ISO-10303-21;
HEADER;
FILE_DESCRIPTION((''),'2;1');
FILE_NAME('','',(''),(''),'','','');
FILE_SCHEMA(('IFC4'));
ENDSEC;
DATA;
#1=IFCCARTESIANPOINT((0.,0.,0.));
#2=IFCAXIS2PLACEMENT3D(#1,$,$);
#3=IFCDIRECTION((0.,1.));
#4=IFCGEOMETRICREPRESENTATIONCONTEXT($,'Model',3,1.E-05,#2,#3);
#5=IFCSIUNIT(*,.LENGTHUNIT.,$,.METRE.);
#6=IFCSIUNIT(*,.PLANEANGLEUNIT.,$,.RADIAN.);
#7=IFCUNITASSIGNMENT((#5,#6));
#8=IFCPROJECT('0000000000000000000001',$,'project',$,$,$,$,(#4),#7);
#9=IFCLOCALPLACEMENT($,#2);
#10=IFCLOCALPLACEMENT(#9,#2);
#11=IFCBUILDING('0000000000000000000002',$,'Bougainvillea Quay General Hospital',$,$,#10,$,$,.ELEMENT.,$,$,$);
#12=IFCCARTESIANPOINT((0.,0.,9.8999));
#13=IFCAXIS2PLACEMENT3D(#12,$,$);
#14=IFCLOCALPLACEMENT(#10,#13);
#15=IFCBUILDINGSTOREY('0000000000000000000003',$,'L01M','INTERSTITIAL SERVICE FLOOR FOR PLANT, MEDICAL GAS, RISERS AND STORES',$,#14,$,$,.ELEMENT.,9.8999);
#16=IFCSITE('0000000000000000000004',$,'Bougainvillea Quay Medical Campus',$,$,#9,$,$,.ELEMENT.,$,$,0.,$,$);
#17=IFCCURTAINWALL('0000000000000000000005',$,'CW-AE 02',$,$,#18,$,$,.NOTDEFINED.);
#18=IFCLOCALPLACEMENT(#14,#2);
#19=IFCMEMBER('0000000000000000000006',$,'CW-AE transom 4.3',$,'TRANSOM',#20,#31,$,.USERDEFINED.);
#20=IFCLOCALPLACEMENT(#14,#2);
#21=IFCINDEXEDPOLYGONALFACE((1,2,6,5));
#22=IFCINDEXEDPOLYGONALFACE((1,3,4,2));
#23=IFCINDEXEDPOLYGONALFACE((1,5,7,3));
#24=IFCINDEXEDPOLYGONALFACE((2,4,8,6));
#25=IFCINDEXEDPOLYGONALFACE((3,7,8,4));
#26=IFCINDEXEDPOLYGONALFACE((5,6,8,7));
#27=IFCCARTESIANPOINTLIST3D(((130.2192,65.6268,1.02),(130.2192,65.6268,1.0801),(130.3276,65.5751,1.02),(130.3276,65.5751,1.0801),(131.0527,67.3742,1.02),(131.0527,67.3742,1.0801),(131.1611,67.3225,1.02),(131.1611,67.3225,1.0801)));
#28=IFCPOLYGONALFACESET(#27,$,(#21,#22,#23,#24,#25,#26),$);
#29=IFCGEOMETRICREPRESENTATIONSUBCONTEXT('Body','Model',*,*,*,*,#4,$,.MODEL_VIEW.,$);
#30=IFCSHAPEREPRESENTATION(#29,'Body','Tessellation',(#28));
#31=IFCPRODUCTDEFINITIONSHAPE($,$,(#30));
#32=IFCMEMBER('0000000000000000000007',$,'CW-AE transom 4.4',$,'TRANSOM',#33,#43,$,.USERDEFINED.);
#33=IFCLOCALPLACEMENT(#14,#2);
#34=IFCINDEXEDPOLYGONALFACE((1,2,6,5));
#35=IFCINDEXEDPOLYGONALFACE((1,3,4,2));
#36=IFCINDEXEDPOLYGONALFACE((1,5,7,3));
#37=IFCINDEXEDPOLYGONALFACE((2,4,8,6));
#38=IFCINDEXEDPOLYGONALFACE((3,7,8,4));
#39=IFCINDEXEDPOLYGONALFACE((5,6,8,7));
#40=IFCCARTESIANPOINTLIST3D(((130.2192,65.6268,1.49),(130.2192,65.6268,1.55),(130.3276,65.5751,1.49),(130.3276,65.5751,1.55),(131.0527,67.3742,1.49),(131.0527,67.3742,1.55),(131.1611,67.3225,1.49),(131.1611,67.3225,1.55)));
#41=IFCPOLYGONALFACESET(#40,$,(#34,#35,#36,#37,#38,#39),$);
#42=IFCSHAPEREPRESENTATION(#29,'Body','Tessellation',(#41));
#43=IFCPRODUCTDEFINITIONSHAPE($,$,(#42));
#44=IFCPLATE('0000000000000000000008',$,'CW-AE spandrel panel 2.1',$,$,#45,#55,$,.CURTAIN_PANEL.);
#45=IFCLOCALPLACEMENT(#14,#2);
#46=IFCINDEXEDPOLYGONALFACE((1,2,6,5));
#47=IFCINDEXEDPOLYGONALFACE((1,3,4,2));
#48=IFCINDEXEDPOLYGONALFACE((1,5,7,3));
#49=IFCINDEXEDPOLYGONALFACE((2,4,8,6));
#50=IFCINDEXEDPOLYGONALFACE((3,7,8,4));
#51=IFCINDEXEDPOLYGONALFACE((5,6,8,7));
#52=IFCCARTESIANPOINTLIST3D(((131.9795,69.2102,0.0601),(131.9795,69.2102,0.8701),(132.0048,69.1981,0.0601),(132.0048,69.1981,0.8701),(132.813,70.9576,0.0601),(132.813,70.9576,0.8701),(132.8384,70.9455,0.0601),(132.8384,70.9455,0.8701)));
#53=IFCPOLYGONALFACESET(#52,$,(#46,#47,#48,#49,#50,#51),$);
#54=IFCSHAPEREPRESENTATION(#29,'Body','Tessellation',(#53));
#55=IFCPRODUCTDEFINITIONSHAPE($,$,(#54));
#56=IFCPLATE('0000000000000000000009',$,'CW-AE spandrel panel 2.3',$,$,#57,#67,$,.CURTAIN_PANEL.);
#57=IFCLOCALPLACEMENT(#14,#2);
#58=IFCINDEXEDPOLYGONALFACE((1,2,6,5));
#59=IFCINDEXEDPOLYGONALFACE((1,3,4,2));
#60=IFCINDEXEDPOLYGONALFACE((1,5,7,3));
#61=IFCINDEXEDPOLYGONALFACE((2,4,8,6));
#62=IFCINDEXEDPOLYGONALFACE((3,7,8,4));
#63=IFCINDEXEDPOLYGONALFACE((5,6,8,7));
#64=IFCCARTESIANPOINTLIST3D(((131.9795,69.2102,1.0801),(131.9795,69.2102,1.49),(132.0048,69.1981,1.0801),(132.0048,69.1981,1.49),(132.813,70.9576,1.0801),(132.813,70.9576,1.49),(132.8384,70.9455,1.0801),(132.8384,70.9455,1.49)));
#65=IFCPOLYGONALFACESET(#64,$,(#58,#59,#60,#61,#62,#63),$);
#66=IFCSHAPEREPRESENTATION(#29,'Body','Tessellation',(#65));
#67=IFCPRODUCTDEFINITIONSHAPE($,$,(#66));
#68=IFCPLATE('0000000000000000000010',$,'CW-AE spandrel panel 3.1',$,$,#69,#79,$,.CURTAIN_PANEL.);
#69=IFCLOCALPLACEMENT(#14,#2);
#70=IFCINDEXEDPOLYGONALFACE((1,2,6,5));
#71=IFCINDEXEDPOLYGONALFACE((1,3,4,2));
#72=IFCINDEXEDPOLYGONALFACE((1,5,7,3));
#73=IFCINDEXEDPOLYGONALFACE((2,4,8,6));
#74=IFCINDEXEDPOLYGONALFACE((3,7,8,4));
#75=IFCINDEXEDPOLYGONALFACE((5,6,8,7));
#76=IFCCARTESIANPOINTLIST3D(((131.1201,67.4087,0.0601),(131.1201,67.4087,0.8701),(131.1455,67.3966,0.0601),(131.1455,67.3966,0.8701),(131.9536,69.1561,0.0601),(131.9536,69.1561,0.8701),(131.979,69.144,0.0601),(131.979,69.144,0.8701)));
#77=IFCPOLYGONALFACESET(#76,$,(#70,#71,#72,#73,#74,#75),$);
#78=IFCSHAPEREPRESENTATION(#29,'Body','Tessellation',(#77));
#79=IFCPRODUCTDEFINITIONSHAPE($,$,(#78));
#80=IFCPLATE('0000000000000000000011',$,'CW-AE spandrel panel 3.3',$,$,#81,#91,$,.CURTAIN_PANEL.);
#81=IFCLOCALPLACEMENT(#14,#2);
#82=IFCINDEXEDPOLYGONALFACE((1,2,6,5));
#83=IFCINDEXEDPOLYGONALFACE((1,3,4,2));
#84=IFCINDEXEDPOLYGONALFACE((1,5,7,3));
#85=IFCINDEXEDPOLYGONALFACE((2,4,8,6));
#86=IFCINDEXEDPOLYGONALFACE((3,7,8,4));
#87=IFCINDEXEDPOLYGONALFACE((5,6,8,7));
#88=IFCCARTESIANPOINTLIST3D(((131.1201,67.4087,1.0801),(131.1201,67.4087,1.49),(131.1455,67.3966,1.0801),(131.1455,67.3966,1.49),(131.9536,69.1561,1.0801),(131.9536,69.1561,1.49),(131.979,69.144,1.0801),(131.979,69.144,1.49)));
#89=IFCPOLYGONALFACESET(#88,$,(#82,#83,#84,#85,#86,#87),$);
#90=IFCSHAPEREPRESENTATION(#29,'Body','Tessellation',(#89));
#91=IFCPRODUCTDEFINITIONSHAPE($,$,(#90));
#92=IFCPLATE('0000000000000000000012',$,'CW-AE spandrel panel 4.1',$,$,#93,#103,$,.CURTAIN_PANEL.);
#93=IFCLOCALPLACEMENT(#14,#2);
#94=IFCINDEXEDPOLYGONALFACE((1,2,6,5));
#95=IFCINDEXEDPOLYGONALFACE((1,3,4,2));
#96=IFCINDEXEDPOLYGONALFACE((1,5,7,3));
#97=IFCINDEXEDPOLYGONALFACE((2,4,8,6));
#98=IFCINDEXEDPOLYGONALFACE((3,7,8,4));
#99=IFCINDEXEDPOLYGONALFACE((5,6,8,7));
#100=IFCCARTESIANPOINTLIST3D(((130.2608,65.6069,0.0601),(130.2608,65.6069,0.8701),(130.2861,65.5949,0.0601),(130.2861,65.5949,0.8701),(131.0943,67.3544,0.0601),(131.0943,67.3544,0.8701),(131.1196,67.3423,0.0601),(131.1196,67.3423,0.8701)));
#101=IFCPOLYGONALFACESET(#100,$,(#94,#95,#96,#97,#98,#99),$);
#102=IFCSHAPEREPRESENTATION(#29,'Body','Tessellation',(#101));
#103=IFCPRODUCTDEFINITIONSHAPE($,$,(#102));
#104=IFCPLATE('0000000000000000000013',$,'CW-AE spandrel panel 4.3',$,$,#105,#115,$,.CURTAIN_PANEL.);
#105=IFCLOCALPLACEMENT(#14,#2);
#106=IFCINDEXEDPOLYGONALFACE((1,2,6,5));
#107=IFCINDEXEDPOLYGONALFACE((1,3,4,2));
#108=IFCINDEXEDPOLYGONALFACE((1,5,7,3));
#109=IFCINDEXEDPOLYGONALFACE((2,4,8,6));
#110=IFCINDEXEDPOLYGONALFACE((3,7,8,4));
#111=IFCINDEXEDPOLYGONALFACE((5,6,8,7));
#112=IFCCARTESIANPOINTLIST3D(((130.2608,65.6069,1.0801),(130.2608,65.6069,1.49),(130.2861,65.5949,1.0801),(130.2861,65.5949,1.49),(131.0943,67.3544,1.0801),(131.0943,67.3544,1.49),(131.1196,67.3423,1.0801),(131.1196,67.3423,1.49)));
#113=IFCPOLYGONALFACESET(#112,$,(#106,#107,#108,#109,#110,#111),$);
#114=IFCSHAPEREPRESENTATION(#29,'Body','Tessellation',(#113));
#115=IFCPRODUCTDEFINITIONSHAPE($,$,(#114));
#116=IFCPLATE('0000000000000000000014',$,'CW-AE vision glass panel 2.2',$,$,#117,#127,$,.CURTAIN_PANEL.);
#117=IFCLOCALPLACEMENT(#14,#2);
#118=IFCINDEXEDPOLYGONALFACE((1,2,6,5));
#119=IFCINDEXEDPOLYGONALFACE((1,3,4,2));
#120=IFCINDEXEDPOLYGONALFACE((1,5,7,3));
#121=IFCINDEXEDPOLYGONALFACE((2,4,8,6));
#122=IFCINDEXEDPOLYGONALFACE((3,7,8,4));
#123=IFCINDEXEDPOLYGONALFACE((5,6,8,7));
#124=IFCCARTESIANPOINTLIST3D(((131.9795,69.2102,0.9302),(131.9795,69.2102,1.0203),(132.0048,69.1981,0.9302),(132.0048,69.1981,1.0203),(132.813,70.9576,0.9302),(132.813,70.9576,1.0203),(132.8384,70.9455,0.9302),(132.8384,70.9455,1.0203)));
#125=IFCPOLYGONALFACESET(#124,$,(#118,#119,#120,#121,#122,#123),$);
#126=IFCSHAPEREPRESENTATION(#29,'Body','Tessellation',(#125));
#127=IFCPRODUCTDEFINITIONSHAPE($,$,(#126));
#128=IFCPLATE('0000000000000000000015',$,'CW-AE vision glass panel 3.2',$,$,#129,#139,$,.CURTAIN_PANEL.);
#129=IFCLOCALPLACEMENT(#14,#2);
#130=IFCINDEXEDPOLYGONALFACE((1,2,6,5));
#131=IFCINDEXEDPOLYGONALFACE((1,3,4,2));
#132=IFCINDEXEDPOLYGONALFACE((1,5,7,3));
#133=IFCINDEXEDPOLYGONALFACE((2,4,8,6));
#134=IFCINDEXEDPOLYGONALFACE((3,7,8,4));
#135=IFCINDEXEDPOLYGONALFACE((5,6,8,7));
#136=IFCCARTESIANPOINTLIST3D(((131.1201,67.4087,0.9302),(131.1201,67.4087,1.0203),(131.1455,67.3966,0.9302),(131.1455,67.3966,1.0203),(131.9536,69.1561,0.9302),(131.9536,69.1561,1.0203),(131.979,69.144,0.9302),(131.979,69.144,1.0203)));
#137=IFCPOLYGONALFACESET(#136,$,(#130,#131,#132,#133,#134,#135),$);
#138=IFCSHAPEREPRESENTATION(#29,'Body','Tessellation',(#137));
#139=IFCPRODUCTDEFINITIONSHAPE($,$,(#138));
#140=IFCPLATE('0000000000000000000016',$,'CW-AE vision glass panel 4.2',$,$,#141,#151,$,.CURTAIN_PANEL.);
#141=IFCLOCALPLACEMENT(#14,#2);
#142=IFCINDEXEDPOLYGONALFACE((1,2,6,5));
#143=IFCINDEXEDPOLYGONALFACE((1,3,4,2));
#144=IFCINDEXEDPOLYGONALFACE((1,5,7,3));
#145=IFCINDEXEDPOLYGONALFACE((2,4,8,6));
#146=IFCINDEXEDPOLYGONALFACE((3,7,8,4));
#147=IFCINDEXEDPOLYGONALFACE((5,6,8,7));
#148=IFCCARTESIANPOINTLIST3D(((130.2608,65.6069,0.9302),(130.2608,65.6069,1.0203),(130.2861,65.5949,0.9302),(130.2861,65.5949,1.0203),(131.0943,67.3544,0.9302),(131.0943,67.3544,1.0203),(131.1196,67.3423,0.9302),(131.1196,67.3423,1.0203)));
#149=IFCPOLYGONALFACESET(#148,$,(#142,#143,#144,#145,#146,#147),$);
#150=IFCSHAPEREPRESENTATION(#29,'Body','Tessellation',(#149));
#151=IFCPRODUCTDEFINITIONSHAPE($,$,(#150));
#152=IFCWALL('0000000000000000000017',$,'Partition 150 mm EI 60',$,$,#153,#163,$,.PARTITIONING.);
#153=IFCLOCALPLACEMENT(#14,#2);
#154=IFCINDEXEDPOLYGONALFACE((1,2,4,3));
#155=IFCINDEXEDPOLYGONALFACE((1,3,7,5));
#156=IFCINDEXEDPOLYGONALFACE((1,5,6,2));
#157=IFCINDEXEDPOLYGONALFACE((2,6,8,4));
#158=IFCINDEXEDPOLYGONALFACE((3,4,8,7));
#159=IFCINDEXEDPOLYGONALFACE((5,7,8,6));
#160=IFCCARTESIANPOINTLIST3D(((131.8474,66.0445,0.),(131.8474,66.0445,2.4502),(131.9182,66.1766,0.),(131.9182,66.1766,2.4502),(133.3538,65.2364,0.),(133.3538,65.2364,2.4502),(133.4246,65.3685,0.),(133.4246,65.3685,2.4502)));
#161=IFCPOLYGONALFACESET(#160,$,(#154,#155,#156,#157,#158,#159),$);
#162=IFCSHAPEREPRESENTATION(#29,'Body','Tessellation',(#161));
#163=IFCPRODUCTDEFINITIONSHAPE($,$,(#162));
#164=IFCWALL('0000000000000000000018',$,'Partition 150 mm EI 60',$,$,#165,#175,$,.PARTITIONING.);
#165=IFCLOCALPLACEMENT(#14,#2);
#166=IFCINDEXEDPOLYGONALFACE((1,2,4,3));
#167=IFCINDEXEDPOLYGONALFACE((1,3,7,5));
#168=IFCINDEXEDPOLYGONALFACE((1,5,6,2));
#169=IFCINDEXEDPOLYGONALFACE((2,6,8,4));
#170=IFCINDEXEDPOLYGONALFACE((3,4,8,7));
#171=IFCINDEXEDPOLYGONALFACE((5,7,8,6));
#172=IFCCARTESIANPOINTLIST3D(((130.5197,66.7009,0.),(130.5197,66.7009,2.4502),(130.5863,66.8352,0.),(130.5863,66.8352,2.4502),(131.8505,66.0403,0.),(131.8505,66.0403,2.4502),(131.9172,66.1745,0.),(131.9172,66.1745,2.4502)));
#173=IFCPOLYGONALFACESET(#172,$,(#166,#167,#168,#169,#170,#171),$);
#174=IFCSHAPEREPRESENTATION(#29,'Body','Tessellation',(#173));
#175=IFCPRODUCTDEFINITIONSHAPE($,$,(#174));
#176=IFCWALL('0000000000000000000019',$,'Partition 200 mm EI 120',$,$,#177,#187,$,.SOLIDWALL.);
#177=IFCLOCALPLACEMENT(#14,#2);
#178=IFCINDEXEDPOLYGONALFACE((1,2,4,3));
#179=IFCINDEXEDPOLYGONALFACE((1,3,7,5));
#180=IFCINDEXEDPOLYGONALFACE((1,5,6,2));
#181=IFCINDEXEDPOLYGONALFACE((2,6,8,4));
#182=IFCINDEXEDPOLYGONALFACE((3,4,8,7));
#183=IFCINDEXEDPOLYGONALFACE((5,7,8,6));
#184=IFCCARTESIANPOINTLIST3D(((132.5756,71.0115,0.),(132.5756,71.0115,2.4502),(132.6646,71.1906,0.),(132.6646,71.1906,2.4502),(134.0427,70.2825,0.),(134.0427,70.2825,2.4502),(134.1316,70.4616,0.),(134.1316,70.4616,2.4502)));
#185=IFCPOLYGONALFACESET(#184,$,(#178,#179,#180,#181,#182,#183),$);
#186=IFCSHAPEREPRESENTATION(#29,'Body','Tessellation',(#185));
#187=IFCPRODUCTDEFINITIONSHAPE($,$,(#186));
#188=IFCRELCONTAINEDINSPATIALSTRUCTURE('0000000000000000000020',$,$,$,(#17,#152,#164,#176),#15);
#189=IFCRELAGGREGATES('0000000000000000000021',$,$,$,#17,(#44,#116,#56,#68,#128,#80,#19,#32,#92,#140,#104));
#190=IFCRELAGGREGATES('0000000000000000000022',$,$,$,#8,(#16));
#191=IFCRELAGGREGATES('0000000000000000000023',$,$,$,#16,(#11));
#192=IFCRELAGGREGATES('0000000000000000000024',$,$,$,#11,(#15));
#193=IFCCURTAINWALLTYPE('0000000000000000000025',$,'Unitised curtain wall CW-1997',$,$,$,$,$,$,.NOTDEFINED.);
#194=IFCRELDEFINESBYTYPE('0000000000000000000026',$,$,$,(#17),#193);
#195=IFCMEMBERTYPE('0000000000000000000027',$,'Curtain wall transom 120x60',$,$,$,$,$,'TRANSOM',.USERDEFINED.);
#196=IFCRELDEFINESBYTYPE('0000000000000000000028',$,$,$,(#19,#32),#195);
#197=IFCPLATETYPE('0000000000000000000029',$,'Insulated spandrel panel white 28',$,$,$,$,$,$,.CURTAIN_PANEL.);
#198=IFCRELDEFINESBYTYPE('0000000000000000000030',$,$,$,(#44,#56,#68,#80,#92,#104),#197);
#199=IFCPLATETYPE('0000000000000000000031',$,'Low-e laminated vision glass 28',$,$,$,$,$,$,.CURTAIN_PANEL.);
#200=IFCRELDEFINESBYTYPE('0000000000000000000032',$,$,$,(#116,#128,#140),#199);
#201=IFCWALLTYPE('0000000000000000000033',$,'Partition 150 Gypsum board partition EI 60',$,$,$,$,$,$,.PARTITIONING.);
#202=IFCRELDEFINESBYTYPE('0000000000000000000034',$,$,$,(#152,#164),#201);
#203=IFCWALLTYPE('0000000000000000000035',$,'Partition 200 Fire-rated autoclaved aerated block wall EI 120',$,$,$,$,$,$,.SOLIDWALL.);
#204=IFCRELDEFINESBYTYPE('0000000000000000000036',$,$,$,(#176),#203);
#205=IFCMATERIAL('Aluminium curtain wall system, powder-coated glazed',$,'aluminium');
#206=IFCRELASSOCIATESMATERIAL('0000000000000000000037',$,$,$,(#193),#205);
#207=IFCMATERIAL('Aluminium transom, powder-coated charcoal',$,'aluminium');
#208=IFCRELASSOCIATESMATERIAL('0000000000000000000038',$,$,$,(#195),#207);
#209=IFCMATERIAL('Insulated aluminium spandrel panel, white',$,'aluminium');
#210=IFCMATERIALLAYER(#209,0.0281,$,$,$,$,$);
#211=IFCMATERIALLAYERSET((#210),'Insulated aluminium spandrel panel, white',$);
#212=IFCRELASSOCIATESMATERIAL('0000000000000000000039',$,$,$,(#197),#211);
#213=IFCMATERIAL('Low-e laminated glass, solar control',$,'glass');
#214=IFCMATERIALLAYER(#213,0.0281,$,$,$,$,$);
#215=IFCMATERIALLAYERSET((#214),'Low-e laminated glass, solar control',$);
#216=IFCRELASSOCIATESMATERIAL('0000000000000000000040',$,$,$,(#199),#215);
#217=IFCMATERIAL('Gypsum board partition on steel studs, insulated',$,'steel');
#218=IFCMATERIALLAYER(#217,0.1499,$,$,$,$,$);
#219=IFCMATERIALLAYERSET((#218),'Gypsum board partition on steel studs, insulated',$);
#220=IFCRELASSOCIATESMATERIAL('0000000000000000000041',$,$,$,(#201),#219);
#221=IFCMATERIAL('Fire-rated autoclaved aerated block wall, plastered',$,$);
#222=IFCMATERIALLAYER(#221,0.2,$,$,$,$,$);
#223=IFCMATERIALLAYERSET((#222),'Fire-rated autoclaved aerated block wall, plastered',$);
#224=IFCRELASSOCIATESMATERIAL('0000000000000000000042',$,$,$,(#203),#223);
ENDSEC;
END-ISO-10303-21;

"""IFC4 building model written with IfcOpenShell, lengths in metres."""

from ifc_helpers import new_model, si_unit, direction, frame, frame_2d, origin, origin_2d, place, context, subcontext, project, spatial, rectangle, extrude, material, layer, layer_set, material_profile, profile_set, type_object, element, aggregate, save


model = new_model("IFC4")

# Units and contexts
model_context = context("Model", 3, precision=1e-05, world=origin(), true_north=direction((0.0, 1.0)))
body_context = subcontext(model_context, "Body", "Model", "MODEL_VIEW")
ifc_project = project(units=[si_unit("LENGTHUNIT", "METRE"), si_unit("PLANEANGLEUNIT", "RADIAN")], contexts=[model_context])

# Site, building, storey
site_placement = place(None, origin())
site = spatial("IfcSite", under=ifc_project, at=site_placement, Name="Bougainvillea Quay Medical Campus", CompositionType="ELEMENT", RefElevation=0.0)
building_placement = place(site_placement, origin())
building = spatial("IfcBuilding", under=site, at=building_placement, Name="Bougainvillea Quay General Hospital", CompositionType="ELEMENT")
storey_placement = place(building_placement, frame((0.0, 0.0, 9.8999)))
storey = spatial("IfcBuildingStorey", under=building, at=storey_placement, Name="L01M", Description="INTERSTITIAL SERVICE FLOOR FOR PLANT, MEDICAL GAS, RISERS AND STORES", CompositionType="ELEMENT", Elevation=9.8999)

# Curtain wall, members, plates
ifc_material_1 = material(Name="Aluminium curtain wall system, powder-coated glazed", Category="aluminium")
curtain_wall_type = type_object("IfcCurtainWallType", Name="Unitised curtain wall CW-1997", PredefinedType="NOTDEFINED", material=ifc_material_1)
curtain_wall_placement = place(storey_placement, origin())
curtain_wall = element("IfcCurtainWall", 1, at=curtain_wall_placement, inside=storey, type_object=curtain_wall_type, Name="CW-AE 02", PredefinedType="NOTDEFINED")
ifc_material_2 = material(Name="Aluminium transom, powder-coated charcoal", Category="aluminium")
ifc_material_profile_1 = material_profile(ifc_material_2, rectangle(XDim=0.1201, YDim=0.0601, at=origin_2d()))
ifc_profile_set_1 = profile_set([ifc_material_profile_1], Name="Aluminium transom, powder-coated charcoal")
member_type_1 = type_object("IfcMemberType", Name="Curtain wall transom 120x60", ElementType="TRANSOM", PredefinedType="USERDEFINED", material=ifc_profile_set_1)
member_1_placement = place(storey_placement, frame((131.1069, 67.3484, 1.05), z_axis=(-0.43054, -0.902571, 0.0), x_axis=(0.902571, -0.43054, 0.0)))
member_1 = element("IfcMember", 2, at=member_1_placement, type_object=member_type_1, Name="CW-AE transom 4.3", ObjectType="TRANSOM", PredefinedType="USERDEFINED", context=body_context, shape_type="SweptSolid", body=[
    extrude(rectangle(XDim=0.1201, YDim=0.0601, at=origin_2d()), origin(), (0.0, 0.0, 1.0), 1.936),
])
member_2_placement = place(storey_placement, frame((131.1069, 67.3484, 1.52), z_axis=(-0.43054, -0.902571, 0.0), x_axis=(0.902571, -0.43054, 0.0)))
member_2 = element("IfcMember", 3, at=member_2_placement, type_object=member_type_1, Name="CW-AE transom 4.4", ObjectType="TRANSOM", PredefinedType="USERDEFINED", context=body_context, shape_type="SweptSolid", body=[
    extrude(rectangle(XDim=0.1201, YDim=0.0601, at=origin_2d()), origin(), (0.0, 0.0, 1.0), 1.936),
])
ifc_material_3 = material(Name="Insulated aluminium spandrel panel, white", Category="aluminium")
ifc_layer_1 = layer(ifc_material_3, 0.0281)
ifc_layer_set_1 = layer_set([ifc_layer_1], Name="Insulated aluminium spandrel panel, white")
plate_type_1 = type_object("IfcPlateType", Name="Insulated spandrel panel white 28", PredefinedType="CURTAIN_PANEL", material=ifc_layer_set_1)
plate_1_placement = place(storey_placement, frame((132.4089, 70.0779, 0.0601), z_axis=(0.0, 0.0, 1.0), x_axis=(-0.430525, -0.902578, 0.0)))
plate_1 = element("IfcPlate", 4, at=plate_1_placement, type_object=plate_type_1, Name="CW-AE spandrel panel 2.1", PredefinedType="CURTAIN_PANEL", context=body_context, shape_type="SweptSolid", body=[
    extrude(rectangle(XDim=1.936, YDim=0.0281, at=origin_2d()), origin(), (0.0, 0.0, 1.0), 0.8101),
])
plate_2_placement = place(storey_placement, frame((132.4089, 70.0779, 1.0801), z_axis=(0.0, 0.0, 1.0), x_axis=(-0.430525, -0.902578, 0.0)))
plate_2 = element("IfcPlate", 5, at=plate_2_placement, type_object=plate_type_1, Name="CW-AE spandrel panel 2.3", PredefinedType="CURTAIN_PANEL", context=body_context, shape_type="SweptSolid", body=[
    extrude(rectangle(XDim=1.936, YDim=0.0281, at=origin_2d()), origin(), (0.0, 0.0, 1.0), 0.4099),
])
plate_3_placement = place(storey_placement, frame((131.5496, 68.2764, 0.0601), z_axis=(0.0, 0.0, 1.0), x_axis=(-0.430525, -0.902578, 0.0)))
plate_3 = element("IfcPlate", 6, at=plate_3_placement, type_object=plate_type_1, Name="CW-AE spandrel panel 3.1", PredefinedType="CURTAIN_PANEL", context=body_context, shape_type="SweptSolid", body=[
    extrude(rectangle(XDim=1.936, YDim=0.0281, at=origin_2d()), origin(), (0.0, 0.0, 1.0), 0.8101),
])
plate_4_placement = place(storey_placement, frame((131.5496, 68.2764, 1.0801), z_axis=(0.0, 0.0, 1.0), x_axis=(-0.430525, -0.902578, 0.0)))
plate_4 = element("IfcPlate", 7, at=plate_4_placement, type_object=plate_type_1, Name="CW-AE spandrel panel 3.3", PredefinedType="CURTAIN_PANEL", context=body_context, shape_type="SweptSolid", body=[
    extrude(rectangle(XDim=1.936, YDim=0.0281, at=origin_2d()), origin(), (0.0, 0.0, 1.0), 0.4099),
])
plate_5_placement = place(storey_placement, frame((130.6902, 66.4746, 0.0601), z_axis=(0.0, 0.0, 1.0), x_axis=(-0.430525, -0.902578, 0.0)))
plate_5 = element("IfcPlate", 8, at=plate_5_placement, type_object=plate_type_1, Name="CW-AE spandrel panel 4.1", PredefinedType="CURTAIN_PANEL", context=body_context, shape_type="SweptSolid", body=[
    extrude(rectangle(XDim=1.936, YDim=0.0281, at=origin_2d()), origin(), (0.0, 0.0, 1.0), 0.8101),
])
plate_6_placement = place(storey_placement, frame((130.6902, 66.4746, 1.0801), z_axis=(0.0, 0.0, 1.0), x_axis=(-0.430525, -0.902578, 0.0)))
plate_6 = element("IfcPlate", 9, at=plate_6_placement, type_object=plate_type_1, Name="CW-AE spandrel panel 4.3", PredefinedType="CURTAIN_PANEL", context=body_context, shape_type="SweptSolid", body=[
    extrude(rectangle(XDim=1.936, YDim=0.0281, at=origin_2d()), origin(), (0.0, 0.0, 1.0), 0.4099),
])
ifc_material_4 = material(Name="Low-e laminated glass, solar control", Category="glass")
ifc_layer_2 = layer(ifc_material_4, 0.0281)
ifc_layer_set_2 = layer_set([ifc_layer_2], Name="Low-e laminated glass, solar control")
plate_type_2 = type_object("IfcPlateType", Name="Low-e laminated vision glass 28", PredefinedType="CURTAIN_PANEL", material=ifc_layer_set_2)
plate_7_placement = place(storey_placement, frame((132.4089, 70.0779, 0.9302), z_axis=(0.0, 0.0, 1.0), x_axis=(-0.430525, -0.902578, 0.0)))
plate_7 = element("IfcPlate", 10, at=plate_7_placement, type_object=plate_type_2, Name="CW-AE vision glass panel 2.2", PredefinedType="CURTAIN_PANEL", context=body_context, shape_type="SweptSolid", body=[
    extrude(rectangle(XDim=1.936, YDim=0.0281, at=origin_2d()), origin(), (0.0, 0.0, 1.0), 0.0901),
])
plate_8_placement = place(storey_placement, frame((131.5496, 68.2764, 0.9302), z_axis=(0.0, 0.0, 1.0), x_axis=(-0.430525, -0.902578, 0.0)))
plate_8 = element("IfcPlate", 11, at=plate_8_placement, type_object=plate_type_2, Name="CW-AE vision glass panel 3.2", PredefinedType="CURTAIN_PANEL", context=body_context, shape_type="SweptSolid", body=[
    extrude(rectangle(XDim=1.936, YDim=0.0281, at=origin_2d()), origin(), (0.0, 0.0, 1.0), 0.0901),
])
plate_9_placement = place(storey_placement, frame((130.6902, 66.4746, 0.9302), z_axis=(0.0, 0.0, 1.0), x_axis=(-0.430525, -0.902578, 0.0)))
plate_9 = element("IfcPlate", 12, at=plate_9_placement, type_object=plate_type_2, Name="CW-AE vision glass panel 4.2", PredefinedType="CURTAIN_PANEL", context=body_context, shape_type="SweptSolid", body=[
    extrude(rectangle(XDim=1.936, YDim=0.0281, at=origin_2d()), origin(), (0.0, 0.0, 1.0), 0.0901),
])
aggregate(curtain_wall, [plate_1, plate_7, plate_2, plate_3, plate_8, plate_4, member_1, member_2, plate_5, plate_9, plate_6])

# Walls
ifc_material_5 = material(Name="Gypsum board partition on steel studs, insulated", Category="steel")
ifc_layer_3 = layer(ifc_material_5, 0.1499)
ifc_layer_set_3 = layer_set([ifc_layer_3], Name="Gypsum board partition on steel studs, insulated")
wall_type_1 = type_object("IfcWallType", Name="Partition 150 Gypsum board partition EI 60", PredefinedType="PARTITIONING", material=ifc_layer_set_3)
wall_1_placement = place(storey_placement, frame((131.8828, 66.1106, 0.0), z_axis=(0.0, 0.0, 1.0), x_axis=(0.881204, -0.472737, 0.0)))
element("IfcWall", 13, at=wall_1_placement, inside=storey, type_object=wall_type_1, Name="Partition 150 mm EI 60", PredefinedType="PARTITIONING", context=body_context, shape_type="SweptSolid", body=[
    extrude(rectangle(XDim=1.7095, YDim=0.1499, at=frame_2d((0.8547, 0.0))), origin(), (0.0, 0.0, 1.0), 2.4502),
])
wall_2_placement = place(storey_placement, frame((130.553, 66.7681, 0.0), z_axis=(0.0, 0.0, 1.0), x_axis=(0.895705, -0.444648, 0.0)))
element("IfcWall", 14, at=wall_2_placement, inside=storey, type_object=wall_type_1, Name="Partition 150 mm EI 60", PredefinedType="PARTITIONING", context=body_context, shape_type="SweptSolid", body=[
    extrude(rectangle(XDim=1.4858, YDim=0.1499, at=frame_2d((0.7429, 0.0))), origin(), (0.0, 0.0, 1.0), 2.4502),
])
ifc_material_6 = material(Name="Fire-rated autoclaved aerated block wall, plastered")
ifc_layer_4 = layer(ifc_material_6, 0.2)
ifc_layer_set_4 = layer_set([ifc_layer_4], Name="Fire-rated autoclaved aerated block wall, plastered")
wall_type_2 = type_object("IfcWallType", Name="Partition 200 Fire-rated autoclaved aerated block wall EI 120", PredefinedType="SOLIDWALL", material=ifc_layer_set_4)
wall_3_placement = place(storey_placement, frame((132.6201, 71.1011, 0.0), z_axis=(0.0, 0.0, 1.0), x_axis=(0.895527, -0.445007, 0.0)))
element("IfcWall", 15, at=wall_3_placement, inside=storey, type_object=wall_type_2, Name="Partition 200 mm EI 120", PredefinedType="SOLIDWALL", context=body_context, shape_type="SweptSolid", body=[
    extrude(rectangle(XDim=1.6382, YDim=0.2, at=frame_2d((0.8191, 0.0))), origin(), (0.0, 0.0, 1.0), 2.4502),
])

save(model, "model.ifc")
